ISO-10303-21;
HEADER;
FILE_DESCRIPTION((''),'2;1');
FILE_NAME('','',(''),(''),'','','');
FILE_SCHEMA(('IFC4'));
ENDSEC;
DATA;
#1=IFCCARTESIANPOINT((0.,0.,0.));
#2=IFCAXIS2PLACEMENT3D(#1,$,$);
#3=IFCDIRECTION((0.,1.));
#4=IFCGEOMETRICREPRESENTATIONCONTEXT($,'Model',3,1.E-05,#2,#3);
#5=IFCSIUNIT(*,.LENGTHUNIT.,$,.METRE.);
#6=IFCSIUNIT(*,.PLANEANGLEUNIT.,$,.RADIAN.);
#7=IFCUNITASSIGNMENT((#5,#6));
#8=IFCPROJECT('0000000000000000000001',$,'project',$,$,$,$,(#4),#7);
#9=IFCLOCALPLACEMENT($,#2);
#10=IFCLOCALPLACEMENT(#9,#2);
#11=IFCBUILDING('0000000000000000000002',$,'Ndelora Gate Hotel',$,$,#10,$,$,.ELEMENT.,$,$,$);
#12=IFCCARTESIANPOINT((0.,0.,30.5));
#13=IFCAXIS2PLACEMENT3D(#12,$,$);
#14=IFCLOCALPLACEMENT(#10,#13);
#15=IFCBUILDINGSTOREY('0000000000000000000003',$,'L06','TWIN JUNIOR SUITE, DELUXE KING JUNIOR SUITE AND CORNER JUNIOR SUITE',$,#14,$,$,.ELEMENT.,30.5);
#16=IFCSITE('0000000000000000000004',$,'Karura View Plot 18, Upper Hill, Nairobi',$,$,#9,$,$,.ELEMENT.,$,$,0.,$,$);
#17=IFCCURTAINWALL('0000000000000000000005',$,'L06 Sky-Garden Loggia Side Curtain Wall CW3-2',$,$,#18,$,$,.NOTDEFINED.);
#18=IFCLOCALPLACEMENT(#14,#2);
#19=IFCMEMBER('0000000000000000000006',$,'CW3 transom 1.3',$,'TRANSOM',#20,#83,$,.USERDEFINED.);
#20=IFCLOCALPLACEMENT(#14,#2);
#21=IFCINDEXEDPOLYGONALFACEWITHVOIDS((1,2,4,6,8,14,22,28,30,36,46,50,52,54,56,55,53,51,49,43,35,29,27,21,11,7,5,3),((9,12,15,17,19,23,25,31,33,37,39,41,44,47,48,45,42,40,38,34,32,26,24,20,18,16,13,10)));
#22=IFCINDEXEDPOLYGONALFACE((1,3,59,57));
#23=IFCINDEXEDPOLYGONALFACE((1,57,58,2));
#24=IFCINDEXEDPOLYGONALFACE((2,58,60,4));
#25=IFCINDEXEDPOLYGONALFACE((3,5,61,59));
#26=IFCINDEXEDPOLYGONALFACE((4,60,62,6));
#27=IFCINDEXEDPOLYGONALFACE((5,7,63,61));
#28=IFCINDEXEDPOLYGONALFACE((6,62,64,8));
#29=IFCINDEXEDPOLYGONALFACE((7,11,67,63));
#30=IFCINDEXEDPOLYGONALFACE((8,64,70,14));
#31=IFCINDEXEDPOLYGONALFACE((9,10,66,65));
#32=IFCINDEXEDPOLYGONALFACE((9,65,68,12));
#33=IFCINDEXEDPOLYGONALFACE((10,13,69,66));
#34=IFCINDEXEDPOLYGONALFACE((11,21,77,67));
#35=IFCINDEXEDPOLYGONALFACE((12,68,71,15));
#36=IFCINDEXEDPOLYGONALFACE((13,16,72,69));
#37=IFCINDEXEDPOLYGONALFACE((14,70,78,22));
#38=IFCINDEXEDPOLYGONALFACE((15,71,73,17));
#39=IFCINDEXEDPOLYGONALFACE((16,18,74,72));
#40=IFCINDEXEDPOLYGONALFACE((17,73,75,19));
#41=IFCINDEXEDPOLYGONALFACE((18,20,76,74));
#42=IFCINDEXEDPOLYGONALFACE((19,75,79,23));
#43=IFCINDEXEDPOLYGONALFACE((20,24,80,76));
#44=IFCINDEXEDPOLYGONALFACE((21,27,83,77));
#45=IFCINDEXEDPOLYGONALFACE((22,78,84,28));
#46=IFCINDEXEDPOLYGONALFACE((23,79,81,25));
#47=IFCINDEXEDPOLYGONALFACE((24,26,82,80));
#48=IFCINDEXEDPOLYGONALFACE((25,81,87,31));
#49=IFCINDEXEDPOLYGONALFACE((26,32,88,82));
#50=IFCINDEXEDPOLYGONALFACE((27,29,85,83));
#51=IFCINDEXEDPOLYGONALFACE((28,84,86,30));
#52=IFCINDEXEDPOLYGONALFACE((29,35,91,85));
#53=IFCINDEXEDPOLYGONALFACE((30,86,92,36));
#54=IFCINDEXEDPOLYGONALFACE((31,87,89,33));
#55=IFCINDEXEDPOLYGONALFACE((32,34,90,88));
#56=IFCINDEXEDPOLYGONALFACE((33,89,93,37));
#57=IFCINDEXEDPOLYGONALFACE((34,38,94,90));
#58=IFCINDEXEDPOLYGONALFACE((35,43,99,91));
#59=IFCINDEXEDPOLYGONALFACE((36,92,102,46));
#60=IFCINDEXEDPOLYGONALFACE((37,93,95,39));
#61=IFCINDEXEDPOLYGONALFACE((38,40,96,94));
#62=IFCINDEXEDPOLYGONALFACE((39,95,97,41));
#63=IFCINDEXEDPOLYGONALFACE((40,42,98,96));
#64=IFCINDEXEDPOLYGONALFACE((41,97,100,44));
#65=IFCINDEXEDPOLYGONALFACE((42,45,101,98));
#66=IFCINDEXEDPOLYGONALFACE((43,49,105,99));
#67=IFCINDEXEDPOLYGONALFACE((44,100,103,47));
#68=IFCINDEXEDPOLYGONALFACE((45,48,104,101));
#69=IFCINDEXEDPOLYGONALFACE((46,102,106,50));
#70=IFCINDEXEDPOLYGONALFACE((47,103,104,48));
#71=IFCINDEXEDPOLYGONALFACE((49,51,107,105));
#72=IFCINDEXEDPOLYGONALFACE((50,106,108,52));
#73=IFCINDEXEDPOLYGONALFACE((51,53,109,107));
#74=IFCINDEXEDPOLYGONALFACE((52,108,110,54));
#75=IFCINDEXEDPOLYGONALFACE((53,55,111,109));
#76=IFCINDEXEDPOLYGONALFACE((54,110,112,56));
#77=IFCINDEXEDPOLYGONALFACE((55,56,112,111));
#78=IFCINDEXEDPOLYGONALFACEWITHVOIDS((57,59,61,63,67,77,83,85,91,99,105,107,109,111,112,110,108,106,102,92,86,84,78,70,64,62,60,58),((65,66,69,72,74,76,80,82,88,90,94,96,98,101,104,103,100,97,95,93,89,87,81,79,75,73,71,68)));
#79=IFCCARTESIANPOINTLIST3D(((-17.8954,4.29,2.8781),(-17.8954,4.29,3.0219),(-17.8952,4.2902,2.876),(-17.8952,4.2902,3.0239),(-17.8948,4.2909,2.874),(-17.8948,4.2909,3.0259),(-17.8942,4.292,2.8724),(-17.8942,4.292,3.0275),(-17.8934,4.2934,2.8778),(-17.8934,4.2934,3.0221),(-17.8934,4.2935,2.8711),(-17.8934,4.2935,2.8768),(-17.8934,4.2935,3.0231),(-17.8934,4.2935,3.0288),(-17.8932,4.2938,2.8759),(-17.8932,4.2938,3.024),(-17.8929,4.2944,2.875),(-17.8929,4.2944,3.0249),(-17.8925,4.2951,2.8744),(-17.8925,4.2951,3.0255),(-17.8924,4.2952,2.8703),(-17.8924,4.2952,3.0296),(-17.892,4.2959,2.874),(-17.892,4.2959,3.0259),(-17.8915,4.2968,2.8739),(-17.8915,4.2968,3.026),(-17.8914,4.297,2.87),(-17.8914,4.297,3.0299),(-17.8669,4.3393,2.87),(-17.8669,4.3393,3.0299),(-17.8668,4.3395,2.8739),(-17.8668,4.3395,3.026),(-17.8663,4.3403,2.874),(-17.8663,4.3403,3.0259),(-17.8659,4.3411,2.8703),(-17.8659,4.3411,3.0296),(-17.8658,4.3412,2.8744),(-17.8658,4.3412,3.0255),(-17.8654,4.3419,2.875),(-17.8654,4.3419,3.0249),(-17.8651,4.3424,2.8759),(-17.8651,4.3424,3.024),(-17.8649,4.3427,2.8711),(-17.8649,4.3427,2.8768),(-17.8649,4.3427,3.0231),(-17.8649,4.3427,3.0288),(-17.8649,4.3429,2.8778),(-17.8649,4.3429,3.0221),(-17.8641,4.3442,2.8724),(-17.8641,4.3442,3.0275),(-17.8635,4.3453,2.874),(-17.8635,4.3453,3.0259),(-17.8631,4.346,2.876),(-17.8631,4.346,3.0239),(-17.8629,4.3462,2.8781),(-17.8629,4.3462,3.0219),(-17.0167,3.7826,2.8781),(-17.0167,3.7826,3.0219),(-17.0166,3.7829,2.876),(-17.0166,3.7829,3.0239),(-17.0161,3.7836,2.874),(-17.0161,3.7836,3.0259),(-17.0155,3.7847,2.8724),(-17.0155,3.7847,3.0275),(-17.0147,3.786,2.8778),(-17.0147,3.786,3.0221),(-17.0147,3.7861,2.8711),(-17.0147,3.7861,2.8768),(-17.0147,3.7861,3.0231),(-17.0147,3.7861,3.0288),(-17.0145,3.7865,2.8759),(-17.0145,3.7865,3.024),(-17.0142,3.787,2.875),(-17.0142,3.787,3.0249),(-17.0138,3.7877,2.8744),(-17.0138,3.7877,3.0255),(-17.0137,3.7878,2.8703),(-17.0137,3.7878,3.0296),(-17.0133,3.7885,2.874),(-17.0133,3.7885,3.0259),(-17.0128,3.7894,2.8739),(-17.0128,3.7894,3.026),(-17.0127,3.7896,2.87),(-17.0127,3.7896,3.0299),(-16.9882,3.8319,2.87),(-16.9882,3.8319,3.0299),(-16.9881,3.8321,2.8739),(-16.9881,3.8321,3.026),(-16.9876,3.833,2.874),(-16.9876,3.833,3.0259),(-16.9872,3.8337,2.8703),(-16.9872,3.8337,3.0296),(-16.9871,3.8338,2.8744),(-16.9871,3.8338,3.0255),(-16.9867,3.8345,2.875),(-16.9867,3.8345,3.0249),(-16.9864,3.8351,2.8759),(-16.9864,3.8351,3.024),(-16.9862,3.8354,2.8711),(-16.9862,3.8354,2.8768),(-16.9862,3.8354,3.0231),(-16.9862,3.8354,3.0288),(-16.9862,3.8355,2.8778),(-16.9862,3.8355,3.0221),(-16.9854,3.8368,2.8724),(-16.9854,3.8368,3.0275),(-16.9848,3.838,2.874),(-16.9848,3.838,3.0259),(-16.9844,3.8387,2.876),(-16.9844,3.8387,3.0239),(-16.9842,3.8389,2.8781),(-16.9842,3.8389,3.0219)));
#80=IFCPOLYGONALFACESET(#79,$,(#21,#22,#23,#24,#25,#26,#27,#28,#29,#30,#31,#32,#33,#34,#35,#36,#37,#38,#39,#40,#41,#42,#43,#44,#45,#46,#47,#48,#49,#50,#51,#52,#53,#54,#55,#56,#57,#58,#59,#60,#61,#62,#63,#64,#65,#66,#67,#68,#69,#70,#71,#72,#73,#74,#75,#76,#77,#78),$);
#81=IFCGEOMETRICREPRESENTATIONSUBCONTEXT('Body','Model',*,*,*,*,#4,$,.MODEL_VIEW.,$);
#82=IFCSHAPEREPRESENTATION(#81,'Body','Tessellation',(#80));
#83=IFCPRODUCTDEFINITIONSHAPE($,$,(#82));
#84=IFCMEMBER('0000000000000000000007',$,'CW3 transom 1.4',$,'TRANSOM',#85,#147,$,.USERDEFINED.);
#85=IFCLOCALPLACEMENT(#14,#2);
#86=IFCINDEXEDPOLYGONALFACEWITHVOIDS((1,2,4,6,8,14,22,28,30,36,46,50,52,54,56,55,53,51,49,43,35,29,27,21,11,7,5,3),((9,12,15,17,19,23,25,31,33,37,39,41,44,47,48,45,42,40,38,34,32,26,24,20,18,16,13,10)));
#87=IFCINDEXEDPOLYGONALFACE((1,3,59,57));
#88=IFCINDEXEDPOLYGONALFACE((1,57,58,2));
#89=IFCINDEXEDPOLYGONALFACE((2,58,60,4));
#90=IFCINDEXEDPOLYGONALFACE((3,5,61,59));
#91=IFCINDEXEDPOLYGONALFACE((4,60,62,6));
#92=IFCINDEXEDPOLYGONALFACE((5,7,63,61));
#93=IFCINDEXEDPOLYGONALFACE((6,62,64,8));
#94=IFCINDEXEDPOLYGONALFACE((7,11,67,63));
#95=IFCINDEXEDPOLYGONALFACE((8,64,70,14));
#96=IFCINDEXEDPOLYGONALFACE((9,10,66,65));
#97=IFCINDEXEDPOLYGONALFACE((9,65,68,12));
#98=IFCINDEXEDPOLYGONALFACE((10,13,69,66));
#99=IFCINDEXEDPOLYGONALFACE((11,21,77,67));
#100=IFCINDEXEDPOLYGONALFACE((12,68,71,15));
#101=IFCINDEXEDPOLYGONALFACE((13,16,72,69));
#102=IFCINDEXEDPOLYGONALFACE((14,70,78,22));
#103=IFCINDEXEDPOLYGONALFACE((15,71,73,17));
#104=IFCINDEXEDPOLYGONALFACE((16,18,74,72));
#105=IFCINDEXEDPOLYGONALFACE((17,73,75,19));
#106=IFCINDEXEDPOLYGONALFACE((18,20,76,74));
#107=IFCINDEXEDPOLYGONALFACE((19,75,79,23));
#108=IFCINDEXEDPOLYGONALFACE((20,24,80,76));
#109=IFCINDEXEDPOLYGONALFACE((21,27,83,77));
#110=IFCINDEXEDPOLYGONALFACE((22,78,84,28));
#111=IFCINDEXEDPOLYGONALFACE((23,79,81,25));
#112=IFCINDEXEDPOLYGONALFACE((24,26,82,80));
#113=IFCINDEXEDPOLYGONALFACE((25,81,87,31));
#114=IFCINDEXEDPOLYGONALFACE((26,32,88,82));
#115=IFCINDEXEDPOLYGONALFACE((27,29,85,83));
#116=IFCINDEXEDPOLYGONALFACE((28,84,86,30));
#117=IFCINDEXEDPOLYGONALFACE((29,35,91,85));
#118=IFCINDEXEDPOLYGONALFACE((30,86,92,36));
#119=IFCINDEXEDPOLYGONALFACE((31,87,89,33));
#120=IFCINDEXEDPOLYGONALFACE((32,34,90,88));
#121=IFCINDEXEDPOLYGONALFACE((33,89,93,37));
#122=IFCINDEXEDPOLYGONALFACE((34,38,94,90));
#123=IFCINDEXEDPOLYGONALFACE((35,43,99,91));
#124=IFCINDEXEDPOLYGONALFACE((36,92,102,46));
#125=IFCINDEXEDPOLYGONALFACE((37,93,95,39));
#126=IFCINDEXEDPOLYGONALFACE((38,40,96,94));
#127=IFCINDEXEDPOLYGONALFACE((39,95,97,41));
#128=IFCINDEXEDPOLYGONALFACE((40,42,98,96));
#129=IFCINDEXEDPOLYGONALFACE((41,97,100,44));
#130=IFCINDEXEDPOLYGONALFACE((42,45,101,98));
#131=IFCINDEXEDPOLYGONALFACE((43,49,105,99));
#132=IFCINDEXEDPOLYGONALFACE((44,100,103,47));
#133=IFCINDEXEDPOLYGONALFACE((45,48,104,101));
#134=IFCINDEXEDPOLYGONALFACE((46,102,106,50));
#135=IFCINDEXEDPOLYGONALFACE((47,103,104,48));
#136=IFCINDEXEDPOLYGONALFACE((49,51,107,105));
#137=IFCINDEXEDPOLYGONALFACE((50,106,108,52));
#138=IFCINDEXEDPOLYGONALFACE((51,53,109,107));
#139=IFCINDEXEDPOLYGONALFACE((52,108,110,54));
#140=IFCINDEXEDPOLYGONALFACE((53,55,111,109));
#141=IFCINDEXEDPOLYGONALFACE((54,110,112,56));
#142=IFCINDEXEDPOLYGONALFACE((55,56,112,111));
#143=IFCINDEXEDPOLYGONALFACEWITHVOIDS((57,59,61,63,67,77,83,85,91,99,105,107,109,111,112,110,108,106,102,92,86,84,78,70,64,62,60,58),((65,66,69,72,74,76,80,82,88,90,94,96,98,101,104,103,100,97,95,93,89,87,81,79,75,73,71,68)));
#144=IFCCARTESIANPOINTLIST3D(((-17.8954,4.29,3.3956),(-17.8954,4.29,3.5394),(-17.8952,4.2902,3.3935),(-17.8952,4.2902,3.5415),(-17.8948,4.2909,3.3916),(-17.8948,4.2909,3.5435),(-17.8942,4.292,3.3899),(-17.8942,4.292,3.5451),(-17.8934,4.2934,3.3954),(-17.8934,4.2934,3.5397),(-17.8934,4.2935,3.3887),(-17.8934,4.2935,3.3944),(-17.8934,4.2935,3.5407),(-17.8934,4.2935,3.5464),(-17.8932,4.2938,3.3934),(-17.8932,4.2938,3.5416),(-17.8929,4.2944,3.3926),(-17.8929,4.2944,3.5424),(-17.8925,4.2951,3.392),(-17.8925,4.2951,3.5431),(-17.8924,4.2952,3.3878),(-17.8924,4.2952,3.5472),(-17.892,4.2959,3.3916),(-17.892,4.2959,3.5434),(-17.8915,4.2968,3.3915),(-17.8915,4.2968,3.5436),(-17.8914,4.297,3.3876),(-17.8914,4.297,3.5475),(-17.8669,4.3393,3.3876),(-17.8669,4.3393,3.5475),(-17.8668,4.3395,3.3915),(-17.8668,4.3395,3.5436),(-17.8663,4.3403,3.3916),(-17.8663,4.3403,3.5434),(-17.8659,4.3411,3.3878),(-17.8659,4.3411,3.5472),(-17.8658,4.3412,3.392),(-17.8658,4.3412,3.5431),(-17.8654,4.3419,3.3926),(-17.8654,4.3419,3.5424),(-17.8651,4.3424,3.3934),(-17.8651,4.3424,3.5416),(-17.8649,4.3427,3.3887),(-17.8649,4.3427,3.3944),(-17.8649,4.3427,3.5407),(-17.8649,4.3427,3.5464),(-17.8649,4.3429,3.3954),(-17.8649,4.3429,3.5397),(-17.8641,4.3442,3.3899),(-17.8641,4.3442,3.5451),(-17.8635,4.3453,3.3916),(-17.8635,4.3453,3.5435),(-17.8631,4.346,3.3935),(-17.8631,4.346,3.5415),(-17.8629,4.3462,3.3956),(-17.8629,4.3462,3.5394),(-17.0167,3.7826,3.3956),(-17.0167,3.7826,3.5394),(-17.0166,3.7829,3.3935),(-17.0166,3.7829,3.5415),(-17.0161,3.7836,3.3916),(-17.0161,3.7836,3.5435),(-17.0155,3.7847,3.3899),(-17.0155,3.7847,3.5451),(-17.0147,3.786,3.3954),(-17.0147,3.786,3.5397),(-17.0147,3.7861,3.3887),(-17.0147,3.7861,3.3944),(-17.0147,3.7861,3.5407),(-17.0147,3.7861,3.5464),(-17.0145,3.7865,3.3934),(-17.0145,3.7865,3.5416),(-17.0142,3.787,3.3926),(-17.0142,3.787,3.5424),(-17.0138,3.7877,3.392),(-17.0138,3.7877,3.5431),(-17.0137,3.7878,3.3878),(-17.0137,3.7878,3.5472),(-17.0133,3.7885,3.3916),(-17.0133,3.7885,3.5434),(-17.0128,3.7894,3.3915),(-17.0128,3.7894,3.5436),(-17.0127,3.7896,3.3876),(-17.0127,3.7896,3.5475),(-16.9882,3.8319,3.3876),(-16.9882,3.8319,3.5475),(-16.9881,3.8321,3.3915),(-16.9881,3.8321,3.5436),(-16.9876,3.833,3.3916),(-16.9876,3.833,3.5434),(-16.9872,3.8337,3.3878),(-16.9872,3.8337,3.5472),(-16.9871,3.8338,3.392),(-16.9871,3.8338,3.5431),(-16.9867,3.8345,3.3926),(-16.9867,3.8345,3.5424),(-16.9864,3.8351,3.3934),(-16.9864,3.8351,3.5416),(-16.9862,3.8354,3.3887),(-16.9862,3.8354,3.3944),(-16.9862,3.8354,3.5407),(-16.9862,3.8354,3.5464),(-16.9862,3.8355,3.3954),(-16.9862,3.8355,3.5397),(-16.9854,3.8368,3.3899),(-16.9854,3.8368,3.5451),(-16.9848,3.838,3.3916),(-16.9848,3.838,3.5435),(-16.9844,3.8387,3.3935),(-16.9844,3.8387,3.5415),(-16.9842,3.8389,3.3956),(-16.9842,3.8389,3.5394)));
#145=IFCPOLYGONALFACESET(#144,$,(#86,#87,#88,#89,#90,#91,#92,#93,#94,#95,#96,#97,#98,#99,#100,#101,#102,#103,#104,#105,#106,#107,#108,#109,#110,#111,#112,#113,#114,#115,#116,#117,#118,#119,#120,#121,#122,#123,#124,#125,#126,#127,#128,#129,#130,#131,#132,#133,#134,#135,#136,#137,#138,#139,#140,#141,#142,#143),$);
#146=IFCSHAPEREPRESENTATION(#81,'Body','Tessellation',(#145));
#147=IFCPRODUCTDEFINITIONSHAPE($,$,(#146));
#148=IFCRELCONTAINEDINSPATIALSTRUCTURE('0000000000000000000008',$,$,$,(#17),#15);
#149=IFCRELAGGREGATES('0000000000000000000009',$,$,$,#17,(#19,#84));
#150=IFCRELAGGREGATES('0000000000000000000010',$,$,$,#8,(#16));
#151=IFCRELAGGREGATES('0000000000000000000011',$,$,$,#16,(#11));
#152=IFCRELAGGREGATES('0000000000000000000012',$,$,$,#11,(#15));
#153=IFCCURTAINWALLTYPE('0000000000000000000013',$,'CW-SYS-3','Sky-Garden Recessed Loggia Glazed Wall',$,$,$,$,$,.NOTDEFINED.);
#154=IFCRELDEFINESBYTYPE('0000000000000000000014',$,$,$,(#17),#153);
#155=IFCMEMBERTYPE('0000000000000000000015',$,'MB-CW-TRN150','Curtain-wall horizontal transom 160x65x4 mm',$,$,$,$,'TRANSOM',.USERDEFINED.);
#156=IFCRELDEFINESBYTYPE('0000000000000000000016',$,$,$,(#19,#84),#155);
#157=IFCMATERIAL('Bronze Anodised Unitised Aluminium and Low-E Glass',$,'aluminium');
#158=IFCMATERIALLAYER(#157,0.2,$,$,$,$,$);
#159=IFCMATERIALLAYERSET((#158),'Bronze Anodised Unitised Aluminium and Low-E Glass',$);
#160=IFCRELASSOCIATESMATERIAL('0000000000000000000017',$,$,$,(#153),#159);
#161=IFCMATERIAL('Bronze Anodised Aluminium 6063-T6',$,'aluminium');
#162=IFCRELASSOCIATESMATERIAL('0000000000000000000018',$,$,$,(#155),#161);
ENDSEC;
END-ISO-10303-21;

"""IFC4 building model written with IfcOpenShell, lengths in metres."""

from ifc_helpers import new_model, si_unit, direction, frame, origin, origin_2d, place, context, subcontext, project, spatial, hollow_rectangle, extrude, material, layer, layer_set, material_profile, profile_set, type_object, element, aggregate, save


model = new_model("IFC4")

# Units and contexts
model_context = context("Model", 3, precision=1e-05, world=origin(), true_north=direction((0.0, 1.0)))
body_context = subcontext(model_context, "Body", "Model", "MODEL_VIEW")
ifc_project = project(units=[si_unit("LENGTHUNIT", "METRE"), si_unit("PLANEANGLEUNIT", "RADIAN")], contexts=[model_context])

# Site, building, storey
site_placement = place(None, origin())
site = spatial("IfcSite", under=ifc_project, at=site_placement, Name="Karura View Plot 18, Upper Hill, Nairobi", CompositionType="ELEMENT", RefElevation=0.0)
building_placement = place(site_placement, origin())
building = spatial("IfcBuilding", under=site, at=building_placement, Name="Ndelora Gate Hotel", CompositionType="ELEMENT")
storey_placement = place(building_placement, frame((0.0, 0.0, 30.5)))
storey = spatial("IfcBuildingStorey", under=building, at=storey_placement, Name="L06", Description="TWIN JUNIOR SUITE, DELUXE KING JUNIOR SUITE AND CORNER JUNIOR SUITE", CompositionType="ELEMENT", Elevation=30.5)

# Curtain wall, members
ifc_material_1 = material(Name="Bronze Anodised Unitised Aluminium and Low-E Glass", Category="aluminium")
ifc_layer_1 = layer(ifc_material_1, 0.2)
ifc_layer_set_1 = layer_set([ifc_layer_1], Name="Bronze Anodised Unitised Aluminium and Low-E Glass")
curtain_wall_type = type_object("IfcCurtainWallType", Name="CW-SYS-3", Description="Sky-Garden Recessed Loggia Glazed Wall", PredefinedType="NOTDEFINED", material=ifc_layer_set_1)
curtain_wall_placement = place(storey_placement, origin())
curtain_wall = element("IfcCurtainWall", 1, at=curtain_wall_placement, inside=storey, type_object=curtain_wall_type, Name="L06 Sky-Garden Loggia Side Curtain Wall CW3-2", PredefinedType="NOTDEFINED")
ifc_material_2 = material(Name="Bronze Anodised Aluminium 6063-T6", Category="aluminium")
ifc_material_profile_1 = material_profile(ifc_material_2, hollow_rectangle(XDim=0.0649, YDim=0.1599, WallThickness=0.0039, InnerFilletRadius=0.0039, OuterFilletRadius=0.0081, at=origin_2d()), Name="ALU 160x65x4")
ifc_profile_set_1 = profile_set([ifc_material_profile_1], Name="Bronze Anodised Aluminium 6063-T6")
member_type_1 = type_object("IfcMemberType", Name="MB-CW-TRN150", Description="Curtain-wall horizontal transom 160x65x4 mm", ElementType="TRANSOM", PredefinedType="USERDEFINED", material=ifc_profile_set_1)
member_1_placement = place(storey_placement, frame((-17.8792, 4.3181, 2.95), z_axis=(0.866013, -0.500021, 0.0), x_axis=(0.500021, 0.866013, 0.0)))
member_1 = element("IfcMember", 2, at=member_1_placement, type_object=member_type_1, Name="CW3 transom 1.3", ObjectType="TRANSOM", PredefinedType="USERDEFINED", context=body_context, shape_type="SweptSolid", body=[
    extrude(hollow_rectangle(XDim=0.0649, YDim=0.1599, WallThickness=0.0039, InnerFilletRadius=0.0039, OuterFilletRadius=0.0081, at=origin_2d()), origin(), (0.0, 0.0, 1.0), 1.0146),
])
member_2_placement = place(storey_placement, frame((-17.8792, 4.3181, 3.4675), z_axis=(0.866013, -0.500021, 0.0), x_axis=(0.500021, 0.866013, 0.0)))
member_2 = element("IfcMember", 3, at=member_2_placement, type_object=member_type_1, Name="CW3 transom 1.4", ObjectType="TRANSOM", PredefinedType="USERDEFINED", context=body_context, shape_type="SweptSolid", body=[
    extrude(hollow_rectangle(XDim=0.0649, YDim=0.1599, WallThickness=0.0039, InnerFilletRadius=0.0039, OuterFilletRadius=0.0081, at=origin_2d()), origin(), (0.0, 0.0, 1.0), 1.0146),
])
aggregate(curtain_wall, [member_1, member_2])

save(model, "model.ifc")
